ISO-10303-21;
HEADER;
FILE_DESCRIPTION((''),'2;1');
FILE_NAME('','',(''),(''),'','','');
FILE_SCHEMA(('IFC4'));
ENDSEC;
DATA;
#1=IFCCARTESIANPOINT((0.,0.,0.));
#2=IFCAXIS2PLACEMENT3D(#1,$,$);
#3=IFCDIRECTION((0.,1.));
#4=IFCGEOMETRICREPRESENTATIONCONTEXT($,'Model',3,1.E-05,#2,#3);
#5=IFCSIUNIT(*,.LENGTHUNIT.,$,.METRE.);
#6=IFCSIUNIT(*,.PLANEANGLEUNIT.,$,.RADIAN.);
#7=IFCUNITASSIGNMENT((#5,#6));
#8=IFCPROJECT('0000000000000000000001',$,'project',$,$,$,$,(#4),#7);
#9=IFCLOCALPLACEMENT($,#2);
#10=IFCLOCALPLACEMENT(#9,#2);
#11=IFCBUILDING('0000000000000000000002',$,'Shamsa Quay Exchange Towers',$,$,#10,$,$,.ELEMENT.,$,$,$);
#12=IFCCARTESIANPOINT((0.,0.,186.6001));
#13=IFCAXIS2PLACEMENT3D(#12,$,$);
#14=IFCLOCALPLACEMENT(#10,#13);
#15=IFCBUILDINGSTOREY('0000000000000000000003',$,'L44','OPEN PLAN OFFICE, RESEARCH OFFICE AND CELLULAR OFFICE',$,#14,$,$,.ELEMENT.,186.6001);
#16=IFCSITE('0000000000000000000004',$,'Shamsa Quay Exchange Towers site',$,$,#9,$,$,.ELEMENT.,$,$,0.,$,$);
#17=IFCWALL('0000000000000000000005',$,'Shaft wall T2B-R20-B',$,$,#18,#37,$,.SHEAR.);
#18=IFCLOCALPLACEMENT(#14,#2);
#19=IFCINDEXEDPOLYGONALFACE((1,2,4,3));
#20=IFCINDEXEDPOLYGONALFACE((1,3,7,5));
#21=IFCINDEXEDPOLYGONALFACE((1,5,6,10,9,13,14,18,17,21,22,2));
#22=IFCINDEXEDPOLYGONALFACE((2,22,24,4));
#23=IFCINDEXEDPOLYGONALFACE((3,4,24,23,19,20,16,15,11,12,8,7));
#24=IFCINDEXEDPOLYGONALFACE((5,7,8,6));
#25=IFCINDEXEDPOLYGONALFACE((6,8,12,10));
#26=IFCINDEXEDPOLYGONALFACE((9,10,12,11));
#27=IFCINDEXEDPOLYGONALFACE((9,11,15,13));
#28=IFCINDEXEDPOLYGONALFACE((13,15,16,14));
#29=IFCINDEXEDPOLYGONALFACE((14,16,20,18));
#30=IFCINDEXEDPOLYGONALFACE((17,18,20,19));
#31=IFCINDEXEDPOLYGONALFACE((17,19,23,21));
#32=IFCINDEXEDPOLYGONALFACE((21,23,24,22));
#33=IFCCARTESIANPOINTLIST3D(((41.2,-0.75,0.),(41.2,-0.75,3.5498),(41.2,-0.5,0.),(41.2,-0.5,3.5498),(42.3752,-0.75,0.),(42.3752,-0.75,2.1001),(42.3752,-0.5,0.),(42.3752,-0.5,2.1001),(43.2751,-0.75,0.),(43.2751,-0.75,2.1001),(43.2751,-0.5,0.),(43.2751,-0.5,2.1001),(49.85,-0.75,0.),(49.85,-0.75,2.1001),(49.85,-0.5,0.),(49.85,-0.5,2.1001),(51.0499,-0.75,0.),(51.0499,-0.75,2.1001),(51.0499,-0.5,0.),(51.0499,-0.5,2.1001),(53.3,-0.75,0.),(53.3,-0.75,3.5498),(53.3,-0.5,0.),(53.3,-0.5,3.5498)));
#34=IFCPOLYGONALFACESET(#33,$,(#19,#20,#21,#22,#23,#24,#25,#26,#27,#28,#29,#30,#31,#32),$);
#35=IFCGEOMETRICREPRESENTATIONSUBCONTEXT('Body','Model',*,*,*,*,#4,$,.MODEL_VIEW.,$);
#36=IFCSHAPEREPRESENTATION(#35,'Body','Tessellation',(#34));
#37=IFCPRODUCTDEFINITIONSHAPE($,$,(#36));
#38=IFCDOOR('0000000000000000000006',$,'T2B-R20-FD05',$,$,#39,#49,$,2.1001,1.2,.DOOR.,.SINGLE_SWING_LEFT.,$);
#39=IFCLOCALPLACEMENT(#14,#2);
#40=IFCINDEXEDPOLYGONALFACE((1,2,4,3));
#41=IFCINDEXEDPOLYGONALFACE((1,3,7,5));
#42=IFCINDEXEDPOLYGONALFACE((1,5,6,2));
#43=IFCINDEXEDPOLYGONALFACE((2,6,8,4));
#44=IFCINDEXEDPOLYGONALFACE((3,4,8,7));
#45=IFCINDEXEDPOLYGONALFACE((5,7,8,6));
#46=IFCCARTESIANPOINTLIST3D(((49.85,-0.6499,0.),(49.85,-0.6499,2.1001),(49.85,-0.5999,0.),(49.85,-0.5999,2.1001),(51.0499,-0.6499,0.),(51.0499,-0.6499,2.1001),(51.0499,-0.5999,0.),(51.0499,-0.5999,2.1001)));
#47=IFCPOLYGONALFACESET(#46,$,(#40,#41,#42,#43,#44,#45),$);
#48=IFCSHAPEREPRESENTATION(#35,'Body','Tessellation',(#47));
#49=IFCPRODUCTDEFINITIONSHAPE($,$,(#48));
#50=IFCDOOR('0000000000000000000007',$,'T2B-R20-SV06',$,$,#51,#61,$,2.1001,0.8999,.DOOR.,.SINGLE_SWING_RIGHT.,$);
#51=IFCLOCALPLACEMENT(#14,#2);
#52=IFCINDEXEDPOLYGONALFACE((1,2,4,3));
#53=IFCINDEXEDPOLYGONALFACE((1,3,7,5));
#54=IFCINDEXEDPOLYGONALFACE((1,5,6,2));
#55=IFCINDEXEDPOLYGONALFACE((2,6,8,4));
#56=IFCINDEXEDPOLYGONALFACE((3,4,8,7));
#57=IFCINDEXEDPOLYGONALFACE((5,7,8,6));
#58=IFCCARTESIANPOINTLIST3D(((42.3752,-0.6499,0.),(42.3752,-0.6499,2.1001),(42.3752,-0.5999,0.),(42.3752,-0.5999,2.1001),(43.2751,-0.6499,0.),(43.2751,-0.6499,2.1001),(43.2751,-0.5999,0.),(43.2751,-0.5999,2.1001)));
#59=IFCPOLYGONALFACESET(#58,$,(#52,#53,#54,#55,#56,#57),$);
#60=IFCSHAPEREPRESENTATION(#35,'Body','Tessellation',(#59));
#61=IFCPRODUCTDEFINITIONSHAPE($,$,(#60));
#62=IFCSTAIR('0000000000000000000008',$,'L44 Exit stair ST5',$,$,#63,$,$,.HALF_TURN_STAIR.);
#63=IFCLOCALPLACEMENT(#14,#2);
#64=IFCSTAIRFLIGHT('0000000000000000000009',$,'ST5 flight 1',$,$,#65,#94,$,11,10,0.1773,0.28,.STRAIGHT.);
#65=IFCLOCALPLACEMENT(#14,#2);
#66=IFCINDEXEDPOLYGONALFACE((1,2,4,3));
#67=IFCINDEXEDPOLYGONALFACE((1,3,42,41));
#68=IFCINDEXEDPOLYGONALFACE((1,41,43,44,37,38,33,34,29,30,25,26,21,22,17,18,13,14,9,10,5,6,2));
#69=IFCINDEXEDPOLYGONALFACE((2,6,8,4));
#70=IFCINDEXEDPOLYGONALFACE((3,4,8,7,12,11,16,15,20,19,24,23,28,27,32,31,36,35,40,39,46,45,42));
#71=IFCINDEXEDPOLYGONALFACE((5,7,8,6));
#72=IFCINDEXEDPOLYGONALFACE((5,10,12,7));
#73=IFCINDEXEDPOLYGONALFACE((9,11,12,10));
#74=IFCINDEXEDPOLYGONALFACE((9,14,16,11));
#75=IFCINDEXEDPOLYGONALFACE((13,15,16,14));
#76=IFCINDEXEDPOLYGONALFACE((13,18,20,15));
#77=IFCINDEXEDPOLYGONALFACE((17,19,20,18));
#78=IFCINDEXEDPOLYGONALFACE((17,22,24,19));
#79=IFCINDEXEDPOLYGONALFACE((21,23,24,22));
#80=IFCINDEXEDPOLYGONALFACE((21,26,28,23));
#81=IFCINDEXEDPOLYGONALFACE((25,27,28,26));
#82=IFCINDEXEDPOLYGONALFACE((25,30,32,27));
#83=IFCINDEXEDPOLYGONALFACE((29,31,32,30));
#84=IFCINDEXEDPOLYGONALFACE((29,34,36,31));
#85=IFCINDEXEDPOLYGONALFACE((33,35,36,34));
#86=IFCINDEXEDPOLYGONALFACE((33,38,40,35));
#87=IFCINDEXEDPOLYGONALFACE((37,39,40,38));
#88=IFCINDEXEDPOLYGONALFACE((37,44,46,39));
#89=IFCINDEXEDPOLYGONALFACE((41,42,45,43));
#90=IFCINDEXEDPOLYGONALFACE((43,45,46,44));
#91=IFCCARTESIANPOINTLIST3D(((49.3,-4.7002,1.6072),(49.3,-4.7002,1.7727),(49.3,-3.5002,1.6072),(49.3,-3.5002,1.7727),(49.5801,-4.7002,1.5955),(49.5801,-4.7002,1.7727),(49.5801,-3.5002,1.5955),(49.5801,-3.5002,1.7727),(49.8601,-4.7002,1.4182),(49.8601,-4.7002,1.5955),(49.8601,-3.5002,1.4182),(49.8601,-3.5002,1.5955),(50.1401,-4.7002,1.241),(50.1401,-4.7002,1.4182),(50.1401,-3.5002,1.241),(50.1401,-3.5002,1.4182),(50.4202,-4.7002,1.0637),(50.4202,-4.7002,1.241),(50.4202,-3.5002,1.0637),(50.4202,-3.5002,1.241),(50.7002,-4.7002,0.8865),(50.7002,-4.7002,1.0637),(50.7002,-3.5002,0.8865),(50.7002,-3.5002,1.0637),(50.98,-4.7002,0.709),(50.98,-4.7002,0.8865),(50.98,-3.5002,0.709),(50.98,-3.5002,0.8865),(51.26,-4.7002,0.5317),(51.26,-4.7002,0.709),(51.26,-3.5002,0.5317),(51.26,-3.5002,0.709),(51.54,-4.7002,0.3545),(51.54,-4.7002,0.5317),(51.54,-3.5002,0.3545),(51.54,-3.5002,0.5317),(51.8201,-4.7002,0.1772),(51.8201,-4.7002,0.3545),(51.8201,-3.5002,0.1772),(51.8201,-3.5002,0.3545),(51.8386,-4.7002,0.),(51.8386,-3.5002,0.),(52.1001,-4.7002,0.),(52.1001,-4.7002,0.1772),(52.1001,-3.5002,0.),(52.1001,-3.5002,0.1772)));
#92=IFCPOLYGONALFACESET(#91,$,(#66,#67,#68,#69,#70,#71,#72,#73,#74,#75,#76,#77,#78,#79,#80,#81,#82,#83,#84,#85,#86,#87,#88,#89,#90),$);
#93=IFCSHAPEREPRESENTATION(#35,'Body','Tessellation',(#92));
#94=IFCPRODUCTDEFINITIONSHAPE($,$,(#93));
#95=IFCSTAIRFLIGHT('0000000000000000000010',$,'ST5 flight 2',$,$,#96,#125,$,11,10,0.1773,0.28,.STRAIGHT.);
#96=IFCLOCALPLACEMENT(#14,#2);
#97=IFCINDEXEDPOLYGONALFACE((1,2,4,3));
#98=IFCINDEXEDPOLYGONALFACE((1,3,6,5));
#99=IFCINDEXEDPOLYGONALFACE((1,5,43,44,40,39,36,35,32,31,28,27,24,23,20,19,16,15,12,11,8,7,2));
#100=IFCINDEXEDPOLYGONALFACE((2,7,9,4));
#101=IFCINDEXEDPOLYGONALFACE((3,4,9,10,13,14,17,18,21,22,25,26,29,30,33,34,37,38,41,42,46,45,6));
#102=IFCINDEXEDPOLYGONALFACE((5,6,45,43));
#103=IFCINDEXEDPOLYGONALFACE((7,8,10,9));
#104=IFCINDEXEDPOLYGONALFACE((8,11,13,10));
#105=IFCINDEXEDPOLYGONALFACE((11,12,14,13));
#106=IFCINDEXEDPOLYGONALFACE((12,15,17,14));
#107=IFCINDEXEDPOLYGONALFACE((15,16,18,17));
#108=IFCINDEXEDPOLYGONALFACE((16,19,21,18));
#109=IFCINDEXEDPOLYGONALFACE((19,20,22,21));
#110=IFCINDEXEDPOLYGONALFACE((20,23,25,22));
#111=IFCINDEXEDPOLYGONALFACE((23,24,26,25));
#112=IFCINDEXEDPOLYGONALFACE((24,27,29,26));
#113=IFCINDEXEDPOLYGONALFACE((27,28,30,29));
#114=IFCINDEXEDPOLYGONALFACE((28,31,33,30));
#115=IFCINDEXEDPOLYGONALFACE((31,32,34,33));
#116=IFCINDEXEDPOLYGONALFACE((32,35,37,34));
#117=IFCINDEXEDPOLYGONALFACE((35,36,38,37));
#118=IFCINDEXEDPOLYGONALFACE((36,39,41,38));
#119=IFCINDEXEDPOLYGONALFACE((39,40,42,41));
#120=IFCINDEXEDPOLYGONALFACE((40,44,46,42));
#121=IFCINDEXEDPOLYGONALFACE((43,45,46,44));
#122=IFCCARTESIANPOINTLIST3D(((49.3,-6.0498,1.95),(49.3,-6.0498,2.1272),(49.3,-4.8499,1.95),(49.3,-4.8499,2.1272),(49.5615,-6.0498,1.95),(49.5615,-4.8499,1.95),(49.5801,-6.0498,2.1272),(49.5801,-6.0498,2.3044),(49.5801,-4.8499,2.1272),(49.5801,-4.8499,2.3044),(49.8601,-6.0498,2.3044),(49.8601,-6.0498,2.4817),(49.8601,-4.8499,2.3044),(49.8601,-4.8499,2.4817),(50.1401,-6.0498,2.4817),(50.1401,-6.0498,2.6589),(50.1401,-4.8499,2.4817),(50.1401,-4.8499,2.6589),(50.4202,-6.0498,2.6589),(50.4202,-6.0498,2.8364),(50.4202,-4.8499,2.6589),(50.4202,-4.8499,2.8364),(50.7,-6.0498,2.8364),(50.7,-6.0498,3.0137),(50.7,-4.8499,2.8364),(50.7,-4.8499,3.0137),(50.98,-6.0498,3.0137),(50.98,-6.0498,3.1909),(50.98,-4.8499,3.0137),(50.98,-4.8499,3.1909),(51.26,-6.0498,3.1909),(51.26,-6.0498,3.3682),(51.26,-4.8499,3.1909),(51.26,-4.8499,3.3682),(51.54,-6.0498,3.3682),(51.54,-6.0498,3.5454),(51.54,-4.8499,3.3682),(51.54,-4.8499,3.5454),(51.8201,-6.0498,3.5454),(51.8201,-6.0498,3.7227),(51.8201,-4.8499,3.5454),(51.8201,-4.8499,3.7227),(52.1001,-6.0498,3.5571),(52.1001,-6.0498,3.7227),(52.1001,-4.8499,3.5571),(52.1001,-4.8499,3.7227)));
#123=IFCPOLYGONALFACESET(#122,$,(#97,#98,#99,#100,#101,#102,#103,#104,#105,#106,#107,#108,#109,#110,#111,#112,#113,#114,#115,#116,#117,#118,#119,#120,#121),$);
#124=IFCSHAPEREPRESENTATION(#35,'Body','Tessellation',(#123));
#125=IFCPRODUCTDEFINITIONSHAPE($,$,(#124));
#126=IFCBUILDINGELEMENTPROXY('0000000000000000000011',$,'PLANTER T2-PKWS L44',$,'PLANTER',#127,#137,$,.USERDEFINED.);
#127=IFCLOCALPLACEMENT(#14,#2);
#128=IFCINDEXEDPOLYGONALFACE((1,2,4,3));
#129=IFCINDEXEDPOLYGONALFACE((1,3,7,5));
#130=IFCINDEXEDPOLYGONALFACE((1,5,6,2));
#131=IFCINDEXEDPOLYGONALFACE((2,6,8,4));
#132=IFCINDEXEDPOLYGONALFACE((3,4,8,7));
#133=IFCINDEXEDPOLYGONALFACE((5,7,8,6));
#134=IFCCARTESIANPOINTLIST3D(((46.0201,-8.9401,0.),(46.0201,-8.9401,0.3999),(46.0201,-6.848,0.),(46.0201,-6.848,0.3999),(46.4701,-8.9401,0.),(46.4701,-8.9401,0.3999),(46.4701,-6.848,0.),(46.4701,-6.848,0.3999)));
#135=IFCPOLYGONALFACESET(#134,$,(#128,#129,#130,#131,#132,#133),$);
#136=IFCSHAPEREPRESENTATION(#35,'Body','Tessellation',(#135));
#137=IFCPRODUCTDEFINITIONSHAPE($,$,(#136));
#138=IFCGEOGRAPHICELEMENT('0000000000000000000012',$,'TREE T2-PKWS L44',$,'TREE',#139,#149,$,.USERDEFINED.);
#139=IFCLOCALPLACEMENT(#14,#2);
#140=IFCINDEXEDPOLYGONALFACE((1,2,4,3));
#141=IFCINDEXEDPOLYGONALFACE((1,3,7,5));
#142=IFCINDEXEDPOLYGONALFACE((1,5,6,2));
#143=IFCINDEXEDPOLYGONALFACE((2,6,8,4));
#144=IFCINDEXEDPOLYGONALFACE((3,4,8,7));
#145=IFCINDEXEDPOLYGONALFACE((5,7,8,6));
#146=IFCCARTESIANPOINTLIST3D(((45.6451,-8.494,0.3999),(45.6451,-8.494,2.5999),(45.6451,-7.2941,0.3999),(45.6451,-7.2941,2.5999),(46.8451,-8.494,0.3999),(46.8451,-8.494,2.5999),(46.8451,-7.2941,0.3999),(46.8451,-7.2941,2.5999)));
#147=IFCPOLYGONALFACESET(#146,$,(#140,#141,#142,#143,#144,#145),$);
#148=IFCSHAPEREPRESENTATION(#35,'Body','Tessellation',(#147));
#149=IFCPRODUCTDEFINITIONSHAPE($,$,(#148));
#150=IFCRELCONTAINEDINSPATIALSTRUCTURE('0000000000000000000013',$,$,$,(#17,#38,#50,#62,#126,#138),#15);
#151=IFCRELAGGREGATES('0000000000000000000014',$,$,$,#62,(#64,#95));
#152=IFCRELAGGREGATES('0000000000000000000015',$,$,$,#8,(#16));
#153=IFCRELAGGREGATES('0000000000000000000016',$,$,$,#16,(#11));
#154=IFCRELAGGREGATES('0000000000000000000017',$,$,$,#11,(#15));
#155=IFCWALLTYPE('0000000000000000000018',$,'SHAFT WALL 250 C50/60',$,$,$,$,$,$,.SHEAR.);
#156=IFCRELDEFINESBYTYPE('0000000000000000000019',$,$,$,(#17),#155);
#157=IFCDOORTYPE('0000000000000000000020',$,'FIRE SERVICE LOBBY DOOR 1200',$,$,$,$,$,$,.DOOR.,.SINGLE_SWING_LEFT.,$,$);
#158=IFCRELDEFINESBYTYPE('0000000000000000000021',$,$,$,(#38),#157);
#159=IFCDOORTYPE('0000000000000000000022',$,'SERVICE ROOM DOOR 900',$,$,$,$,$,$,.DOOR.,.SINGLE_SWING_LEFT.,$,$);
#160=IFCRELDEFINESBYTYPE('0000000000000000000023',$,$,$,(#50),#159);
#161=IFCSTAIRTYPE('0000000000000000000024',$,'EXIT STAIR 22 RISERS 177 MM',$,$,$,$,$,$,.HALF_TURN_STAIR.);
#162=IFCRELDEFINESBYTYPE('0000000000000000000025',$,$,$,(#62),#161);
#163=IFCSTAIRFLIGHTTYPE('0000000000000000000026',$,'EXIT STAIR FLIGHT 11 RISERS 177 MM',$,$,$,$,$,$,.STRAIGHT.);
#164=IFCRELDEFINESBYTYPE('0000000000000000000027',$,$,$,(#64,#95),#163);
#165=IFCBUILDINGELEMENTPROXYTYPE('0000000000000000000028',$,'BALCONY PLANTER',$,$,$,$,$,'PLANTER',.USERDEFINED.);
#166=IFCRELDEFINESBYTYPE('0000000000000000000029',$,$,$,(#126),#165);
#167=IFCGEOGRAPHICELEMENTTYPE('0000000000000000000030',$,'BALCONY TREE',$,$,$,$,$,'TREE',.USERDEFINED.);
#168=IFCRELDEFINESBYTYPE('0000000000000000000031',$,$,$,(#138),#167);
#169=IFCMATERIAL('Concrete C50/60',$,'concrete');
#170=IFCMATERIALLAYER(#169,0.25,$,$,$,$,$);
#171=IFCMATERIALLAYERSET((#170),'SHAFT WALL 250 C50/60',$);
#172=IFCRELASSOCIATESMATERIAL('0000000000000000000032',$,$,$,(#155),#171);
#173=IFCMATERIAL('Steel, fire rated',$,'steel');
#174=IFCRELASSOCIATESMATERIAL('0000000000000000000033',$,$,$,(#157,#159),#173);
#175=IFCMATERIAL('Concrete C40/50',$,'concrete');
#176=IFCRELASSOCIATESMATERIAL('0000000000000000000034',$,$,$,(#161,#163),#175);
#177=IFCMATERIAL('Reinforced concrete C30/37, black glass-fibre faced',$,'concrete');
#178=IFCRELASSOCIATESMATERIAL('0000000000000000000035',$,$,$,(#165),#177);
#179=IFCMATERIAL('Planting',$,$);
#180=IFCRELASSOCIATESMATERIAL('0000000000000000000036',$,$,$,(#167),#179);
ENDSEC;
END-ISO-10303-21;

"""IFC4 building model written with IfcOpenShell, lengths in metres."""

from ifc_helpers import new_model, si_unit, direction, frame, frame_2d, origin, origin_2d, place, context, subcontext, project, spatial, polyline, rectangle, outline, extrude, material, layer, layer_set, type_object, element, fill, aggregate, save


model = new_model("IFC4")

# Units and contexts
model_context = context("Model", 3, precision=1e-05, world=origin(), true_north=direction((0.0, 1.0)))
body_context = subcontext(model_context, "Body", "Model", "MODEL_VIEW")
ifc_project = project(units=[si_unit("LENGTHUNIT", "METRE"), si_unit("PLANEANGLEUNIT", "RADIAN")], contexts=[model_context])

# Site, building, storey
site_placement = place(None, origin())
site = spatial("IfcSite", under=ifc_project, at=site_placement, Name="Shamsa Quay Exchange Towers site", CompositionType="ELEMENT", RefElevation=0.0)
building_placement = place(site_placement, origin())
building = spatial("IfcBuilding", under=site, at=building_placement, Name="Shamsa Quay Exchange Towers", CompositionType="ELEMENT")
storey_placement = place(building_placement, frame((0.0, 0.0, 186.6001)))
storey = spatial("IfcBuildingStorey", under=building, at=storey_placement, Name="L44", Description="OPEN PLAN OFFICE, RESEARCH OFFICE AND CELLULAR OFFICE", CompositionType="ELEMENT", Elevation=186.6001)

# Shared definitions
ifc_material_1 = material(Name="Steel, fire rated", Category="steel")
ifc_material_2 = material(Name="Concrete C50/60", Category="concrete")
ifc_layer_1 = layer(ifc_material_2, 0.25)
ifc_layer_set_1 = layer_set([ifc_layer_1], Name="SHAFT WALL 250 C50/60")
wall_type_1 = type_object("IfcWallType", Name="SHAFT WALL 250 C50/60", PredefinedType="SHEAR", material=ifc_layer_set_1)

# Wall, openings, doors
wall_1_placement = place(storey_placement, frame((53.3, -0.625, 0.0), z_axis=(0.0, 0.0, 1.0), x_axis=(-1.0, 0.0, 0.0)))
wall_1 = element("IfcWall", 1, at=wall_1_placement, inside=storey, type_object=wall_type_1, Name="Shaft wall T2B-R20-B", PredefinedType="SHEAR", context=body_context, shape_type="SweptSolid", body=[
    extrude(rectangle(XDim=12.1001, YDim=0.25, at=frame_2d((6.05, 0.0))), origin(), (0.0, 0.0, 1.0), 3.5498),
])
opening_1_placement = place(wall_1_placement, frame((2.25, 0.0, 0.0)))
opening_1 = element("IfcOpeningElement", 2, at=opening_1_placement, cuts=wall_1, PredefinedType="OPENING", context=body_context, shape_type="SweptSolid", body=[
    extrude(rectangle(XDim=1.2, YDim=2.1001, at=frame_2d((0.6001, 1.05))), frame((0.0, 0.135, 0.0), z_axis=(0.0, -1.0, 0.0), x_axis=(1.0, 0.0, 0.0)), (0.0, 0.0, 1.0), 0.27),
])
opening_2_placement = place(wall_1_placement, frame((10.0249, 0.0, 0.0)))
opening_2 = element("IfcOpeningElement", 3, at=opening_2_placement, cuts=wall_1, PredefinedType="OPENING", context=body_context, shape_type="SweptSolid", body=[
    extrude(rectangle(XDim=0.8999, YDim=2.1001, at=frame_2d((0.45, 1.05))), frame((0.0, 0.135, 0.0), z_axis=(0.0, -1.0, 0.0), x_axis=(1.0, 0.0, 0.0)), (0.0, 0.0, 1.0), 0.27),
])
door_type_1 = type_object("IfcDoorType", Name="FIRE SERVICE LOBBY DOOR 1200", OperationType="SINGLE_SWING_LEFT", PredefinedType="DOOR", material=ifc_material_1)
door_1_placement = place(opening_1_placement, origin())
door_1 = element("IfcDoor", 4, at=door_1_placement, inside=storey, type_object=door_type_1, Name="T2B-R20-FD05", OperationType="SINGLE_SWING_LEFT", OverallHeight=2.1001, OverallWidth=1.2, PredefinedType="DOOR", context=body_context, shape_type="SweptSolid", body=[
    extrude(rectangle(XDim=1.2, YDim=2.1001, at=frame_2d((0.6001, 1.05))), frame((0.0, 0.0249, 0.0), z_axis=(0.0, -1.0, 0.0), x_axis=(1.0, 0.0, 0.0)), (0.0, 0.0, 1.0), 0.05),
])
fill(opening_1, door_1)
door_type_2 = type_object("IfcDoorType", Name="SERVICE ROOM DOOR 900", OperationType="SINGLE_SWING_LEFT", PredefinedType="DOOR", material=ifc_material_1)
door_2_placement = place(opening_2_placement, origin())
door_2 = element("IfcDoor", 5, at=door_2_placement, inside=storey, type_object=door_type_2, Name="T2B-R20-SV06", OperationType="SINGLE_SWING_RIGHT", OverallHeight=2.1001, OverallWidth=0.8999, PredefinedType="DOOR", context=body_context, shape_type="SweptSolid", body=[
    extrude(rectangle(XDim=0.8999, YDim=2.1001, at=frame_2d((0.45, 1.05))), frame((0.0, 0.0249, 0.0), z_axis=(0.0, -1.0, 0.0), x_axis=(1.0, 0.0, 0.0)), (0.0, 0.0, 1.0), 0.05),
])
fill(opening_2, door_2)

# Stair, stair flights
ifc_material_3 = material(Name="Concrete C40/50", Category="concrete")
stair_type = type_object("IfcStairType", Name="EXIT STAIR 22 RISERS 177 MM", PredefinedType="HALF_TURN_STAIR", material=ifc_material_3)
stair_placement = place(storey_placement, origin())
stair = element("IfcStair", 6, at=stair_placement, inside=storey, type_object=stair_type, Name="L44 Exit stair ST5", PredefinedType="HALF_TURN_STAIR")
stair_flight_type = type_object("IfcStairFlightType", Name="EXIT STAIR FLIGHT 11 RISERS 177 MM", PredefinedType="STRAIGHT", material=ifc_material_3)
stair_flight_1_placement = place(storey_placement, frame((52.1001, -4.1001, 0.0), z_axis=(0.0, 0.0, 1.0), x_axis=(-1.0, 0.0, 0.0)))
stair_flight_1 = element("IfcStairFlight", 7, at=stair_flight_1_placement, type_object=stair_flight_type, Name="ST5 flight 1", NumberOfRisers=11, NumberOfTreads=10, PredefinedType="STRAIGHT", RiserHeight=0.1773, TreadLength=0.28, context=body_context, shape_type="SweptSolid", body=[
    extrude(outline(polyline([(0.0, 0.0), (0.0, 0.1772), (0.28, 0.1772), (0.28, 0.3545), (0.5601, 0.3545), (0.5601, 0.5317), (0.8401, 0.5317), (0.8401, 0.709), (1.1201, 0.709), (1.1201, 0.8865), (1.3999, 0.8865), (1.3999, 1.0637), (1.6799, 1.0637), (1.6799, 1.241), (1.96, 1.241), (1.96, 1.4182), (2.24, 1.4182), (2.24, 1.5955), (2.52, 1.5955), (2.52, 1.7727), (2.8, 1.7727), (2.8, 1.95), (2.8, 1.6072), (0.2615, 0.0), (0.0, 0.0)])), frame((0.0, 0.6001, 0.0), z_axis=(0.0, -1.0, 0.0), x_axis=(1.0, 0.0, 0.0)), (0.0, 0.0, 1.0), 1.2),
])
stair_flight_2_placement = place(storey_placement, frame((49.3, -5.45, 1.95)))
stair_flight_2 = element("IfcStairFlight", 8, at=stair_flight_2_placement, type_object=stair_flight_type, Name="ST5 flight 2", NumberOfRisers=11, NumberOfTreads=10, PredefinedType="STRAIGHT", RiserHeight=0.1773, TreadLength=0.28, context=body_context, shape_type="SweptSolid", body=[
    extrude(outline(polyline([(0.0, 0.0), (0.0, 0.1772), (0.28, 0.1772), (0.28, 0.3545), (0.5601, 0.3545), (0.5601, 0.5317), (0.8401, 0.5317), (0.8401, 0.709), (1.1201, 0.709), (1.1201, 0.8865), (1.3999, 0.8865), (1.3999, 1.0637), (1.6799, 1.0637), (1.6799, 1.241), (1.96, 1.241), (1.96, 1.4182), (2.24, 1.4182), (2.24, 1.5955), (2.52, 1.5955), (2.52, 1.7727), (2.8, 1.7727), (2.8, 1.95), (2.8, 1.6072), (0.2615, 0.0), (0.0, 0.0)])), frame((0.0, 0.6001, 0.0), z_axis=(0.0, -1.0, 0.0), x_axis=(1.0, 0.0, 0.0)), (0.0, 0.0, 1.0), 1.2),
])
aggregate(stair, [stair_flight_1, stair_flight_2])

# Building element proxy
ifc_material_4 = material(Name="Reinforced concrete C30/37, black glass-fibre faced", Category="concrete")
building_element_proxy_type = type_object("IfcBuildingElementProxyType", Name="BALCONY PLANTER", ElementType="PLANTER", PredefinedType="USERDEFINED", material=ifc_material_4)
proxy_placement = place(storey_placement, frame((46.2451, -7.894, 0.0), z_axis=(0.0, 0.0, 1.0), x_axis=(0.0, 1.0, 0.0)))
element("IfcBuildingElementProxy", 9, at=proxy_placement, inside=storey, type_object=building_element_proxy_type, Name="PLANTER T2-PKWS L44", ObjectType="PLANTER", PredefinedType="USERDEFINED", context=body_context, shape_type="SweptSolid", body=[
    extrude(rectangle(XDim=2.092, YDim=0.45, at=origin_2d()), origin(), (0.0, 0.0, 1.0), 0.3999),
])

# Geographic element
ifc_material_5 = material(Name="Planting")
geographic_element_type = type_object("IfcGeographicElementType", Name="BALCONY TREE", ElementType="TREE", PredefinedType="USERDEFINED", material=ifc_material_5)
geographic_element_placement = place(storey_placement, frame((46.2451, -7.894, 0.3999), z_axis=(0.0, 0.0, 1.0), x_axis=(0.0, 1.0, 0.0)))
element("IfcGeographicElement", 10, at=geographic_element_placement, inside=storey, type_object=geographic_element_type, Name="TREE T2-PKWS L44", ObjectType="TREE", PredefinedType="USERDEFINED", context=body_context, shape_type="SweptSolid", body=[
    extrude(rectangle(XDim=1.2, YDim=1.2, at=origin_2d()), origin(), (0.0, 0.0, 1.0), 2.2),
])

save(model, "model.ifc")
